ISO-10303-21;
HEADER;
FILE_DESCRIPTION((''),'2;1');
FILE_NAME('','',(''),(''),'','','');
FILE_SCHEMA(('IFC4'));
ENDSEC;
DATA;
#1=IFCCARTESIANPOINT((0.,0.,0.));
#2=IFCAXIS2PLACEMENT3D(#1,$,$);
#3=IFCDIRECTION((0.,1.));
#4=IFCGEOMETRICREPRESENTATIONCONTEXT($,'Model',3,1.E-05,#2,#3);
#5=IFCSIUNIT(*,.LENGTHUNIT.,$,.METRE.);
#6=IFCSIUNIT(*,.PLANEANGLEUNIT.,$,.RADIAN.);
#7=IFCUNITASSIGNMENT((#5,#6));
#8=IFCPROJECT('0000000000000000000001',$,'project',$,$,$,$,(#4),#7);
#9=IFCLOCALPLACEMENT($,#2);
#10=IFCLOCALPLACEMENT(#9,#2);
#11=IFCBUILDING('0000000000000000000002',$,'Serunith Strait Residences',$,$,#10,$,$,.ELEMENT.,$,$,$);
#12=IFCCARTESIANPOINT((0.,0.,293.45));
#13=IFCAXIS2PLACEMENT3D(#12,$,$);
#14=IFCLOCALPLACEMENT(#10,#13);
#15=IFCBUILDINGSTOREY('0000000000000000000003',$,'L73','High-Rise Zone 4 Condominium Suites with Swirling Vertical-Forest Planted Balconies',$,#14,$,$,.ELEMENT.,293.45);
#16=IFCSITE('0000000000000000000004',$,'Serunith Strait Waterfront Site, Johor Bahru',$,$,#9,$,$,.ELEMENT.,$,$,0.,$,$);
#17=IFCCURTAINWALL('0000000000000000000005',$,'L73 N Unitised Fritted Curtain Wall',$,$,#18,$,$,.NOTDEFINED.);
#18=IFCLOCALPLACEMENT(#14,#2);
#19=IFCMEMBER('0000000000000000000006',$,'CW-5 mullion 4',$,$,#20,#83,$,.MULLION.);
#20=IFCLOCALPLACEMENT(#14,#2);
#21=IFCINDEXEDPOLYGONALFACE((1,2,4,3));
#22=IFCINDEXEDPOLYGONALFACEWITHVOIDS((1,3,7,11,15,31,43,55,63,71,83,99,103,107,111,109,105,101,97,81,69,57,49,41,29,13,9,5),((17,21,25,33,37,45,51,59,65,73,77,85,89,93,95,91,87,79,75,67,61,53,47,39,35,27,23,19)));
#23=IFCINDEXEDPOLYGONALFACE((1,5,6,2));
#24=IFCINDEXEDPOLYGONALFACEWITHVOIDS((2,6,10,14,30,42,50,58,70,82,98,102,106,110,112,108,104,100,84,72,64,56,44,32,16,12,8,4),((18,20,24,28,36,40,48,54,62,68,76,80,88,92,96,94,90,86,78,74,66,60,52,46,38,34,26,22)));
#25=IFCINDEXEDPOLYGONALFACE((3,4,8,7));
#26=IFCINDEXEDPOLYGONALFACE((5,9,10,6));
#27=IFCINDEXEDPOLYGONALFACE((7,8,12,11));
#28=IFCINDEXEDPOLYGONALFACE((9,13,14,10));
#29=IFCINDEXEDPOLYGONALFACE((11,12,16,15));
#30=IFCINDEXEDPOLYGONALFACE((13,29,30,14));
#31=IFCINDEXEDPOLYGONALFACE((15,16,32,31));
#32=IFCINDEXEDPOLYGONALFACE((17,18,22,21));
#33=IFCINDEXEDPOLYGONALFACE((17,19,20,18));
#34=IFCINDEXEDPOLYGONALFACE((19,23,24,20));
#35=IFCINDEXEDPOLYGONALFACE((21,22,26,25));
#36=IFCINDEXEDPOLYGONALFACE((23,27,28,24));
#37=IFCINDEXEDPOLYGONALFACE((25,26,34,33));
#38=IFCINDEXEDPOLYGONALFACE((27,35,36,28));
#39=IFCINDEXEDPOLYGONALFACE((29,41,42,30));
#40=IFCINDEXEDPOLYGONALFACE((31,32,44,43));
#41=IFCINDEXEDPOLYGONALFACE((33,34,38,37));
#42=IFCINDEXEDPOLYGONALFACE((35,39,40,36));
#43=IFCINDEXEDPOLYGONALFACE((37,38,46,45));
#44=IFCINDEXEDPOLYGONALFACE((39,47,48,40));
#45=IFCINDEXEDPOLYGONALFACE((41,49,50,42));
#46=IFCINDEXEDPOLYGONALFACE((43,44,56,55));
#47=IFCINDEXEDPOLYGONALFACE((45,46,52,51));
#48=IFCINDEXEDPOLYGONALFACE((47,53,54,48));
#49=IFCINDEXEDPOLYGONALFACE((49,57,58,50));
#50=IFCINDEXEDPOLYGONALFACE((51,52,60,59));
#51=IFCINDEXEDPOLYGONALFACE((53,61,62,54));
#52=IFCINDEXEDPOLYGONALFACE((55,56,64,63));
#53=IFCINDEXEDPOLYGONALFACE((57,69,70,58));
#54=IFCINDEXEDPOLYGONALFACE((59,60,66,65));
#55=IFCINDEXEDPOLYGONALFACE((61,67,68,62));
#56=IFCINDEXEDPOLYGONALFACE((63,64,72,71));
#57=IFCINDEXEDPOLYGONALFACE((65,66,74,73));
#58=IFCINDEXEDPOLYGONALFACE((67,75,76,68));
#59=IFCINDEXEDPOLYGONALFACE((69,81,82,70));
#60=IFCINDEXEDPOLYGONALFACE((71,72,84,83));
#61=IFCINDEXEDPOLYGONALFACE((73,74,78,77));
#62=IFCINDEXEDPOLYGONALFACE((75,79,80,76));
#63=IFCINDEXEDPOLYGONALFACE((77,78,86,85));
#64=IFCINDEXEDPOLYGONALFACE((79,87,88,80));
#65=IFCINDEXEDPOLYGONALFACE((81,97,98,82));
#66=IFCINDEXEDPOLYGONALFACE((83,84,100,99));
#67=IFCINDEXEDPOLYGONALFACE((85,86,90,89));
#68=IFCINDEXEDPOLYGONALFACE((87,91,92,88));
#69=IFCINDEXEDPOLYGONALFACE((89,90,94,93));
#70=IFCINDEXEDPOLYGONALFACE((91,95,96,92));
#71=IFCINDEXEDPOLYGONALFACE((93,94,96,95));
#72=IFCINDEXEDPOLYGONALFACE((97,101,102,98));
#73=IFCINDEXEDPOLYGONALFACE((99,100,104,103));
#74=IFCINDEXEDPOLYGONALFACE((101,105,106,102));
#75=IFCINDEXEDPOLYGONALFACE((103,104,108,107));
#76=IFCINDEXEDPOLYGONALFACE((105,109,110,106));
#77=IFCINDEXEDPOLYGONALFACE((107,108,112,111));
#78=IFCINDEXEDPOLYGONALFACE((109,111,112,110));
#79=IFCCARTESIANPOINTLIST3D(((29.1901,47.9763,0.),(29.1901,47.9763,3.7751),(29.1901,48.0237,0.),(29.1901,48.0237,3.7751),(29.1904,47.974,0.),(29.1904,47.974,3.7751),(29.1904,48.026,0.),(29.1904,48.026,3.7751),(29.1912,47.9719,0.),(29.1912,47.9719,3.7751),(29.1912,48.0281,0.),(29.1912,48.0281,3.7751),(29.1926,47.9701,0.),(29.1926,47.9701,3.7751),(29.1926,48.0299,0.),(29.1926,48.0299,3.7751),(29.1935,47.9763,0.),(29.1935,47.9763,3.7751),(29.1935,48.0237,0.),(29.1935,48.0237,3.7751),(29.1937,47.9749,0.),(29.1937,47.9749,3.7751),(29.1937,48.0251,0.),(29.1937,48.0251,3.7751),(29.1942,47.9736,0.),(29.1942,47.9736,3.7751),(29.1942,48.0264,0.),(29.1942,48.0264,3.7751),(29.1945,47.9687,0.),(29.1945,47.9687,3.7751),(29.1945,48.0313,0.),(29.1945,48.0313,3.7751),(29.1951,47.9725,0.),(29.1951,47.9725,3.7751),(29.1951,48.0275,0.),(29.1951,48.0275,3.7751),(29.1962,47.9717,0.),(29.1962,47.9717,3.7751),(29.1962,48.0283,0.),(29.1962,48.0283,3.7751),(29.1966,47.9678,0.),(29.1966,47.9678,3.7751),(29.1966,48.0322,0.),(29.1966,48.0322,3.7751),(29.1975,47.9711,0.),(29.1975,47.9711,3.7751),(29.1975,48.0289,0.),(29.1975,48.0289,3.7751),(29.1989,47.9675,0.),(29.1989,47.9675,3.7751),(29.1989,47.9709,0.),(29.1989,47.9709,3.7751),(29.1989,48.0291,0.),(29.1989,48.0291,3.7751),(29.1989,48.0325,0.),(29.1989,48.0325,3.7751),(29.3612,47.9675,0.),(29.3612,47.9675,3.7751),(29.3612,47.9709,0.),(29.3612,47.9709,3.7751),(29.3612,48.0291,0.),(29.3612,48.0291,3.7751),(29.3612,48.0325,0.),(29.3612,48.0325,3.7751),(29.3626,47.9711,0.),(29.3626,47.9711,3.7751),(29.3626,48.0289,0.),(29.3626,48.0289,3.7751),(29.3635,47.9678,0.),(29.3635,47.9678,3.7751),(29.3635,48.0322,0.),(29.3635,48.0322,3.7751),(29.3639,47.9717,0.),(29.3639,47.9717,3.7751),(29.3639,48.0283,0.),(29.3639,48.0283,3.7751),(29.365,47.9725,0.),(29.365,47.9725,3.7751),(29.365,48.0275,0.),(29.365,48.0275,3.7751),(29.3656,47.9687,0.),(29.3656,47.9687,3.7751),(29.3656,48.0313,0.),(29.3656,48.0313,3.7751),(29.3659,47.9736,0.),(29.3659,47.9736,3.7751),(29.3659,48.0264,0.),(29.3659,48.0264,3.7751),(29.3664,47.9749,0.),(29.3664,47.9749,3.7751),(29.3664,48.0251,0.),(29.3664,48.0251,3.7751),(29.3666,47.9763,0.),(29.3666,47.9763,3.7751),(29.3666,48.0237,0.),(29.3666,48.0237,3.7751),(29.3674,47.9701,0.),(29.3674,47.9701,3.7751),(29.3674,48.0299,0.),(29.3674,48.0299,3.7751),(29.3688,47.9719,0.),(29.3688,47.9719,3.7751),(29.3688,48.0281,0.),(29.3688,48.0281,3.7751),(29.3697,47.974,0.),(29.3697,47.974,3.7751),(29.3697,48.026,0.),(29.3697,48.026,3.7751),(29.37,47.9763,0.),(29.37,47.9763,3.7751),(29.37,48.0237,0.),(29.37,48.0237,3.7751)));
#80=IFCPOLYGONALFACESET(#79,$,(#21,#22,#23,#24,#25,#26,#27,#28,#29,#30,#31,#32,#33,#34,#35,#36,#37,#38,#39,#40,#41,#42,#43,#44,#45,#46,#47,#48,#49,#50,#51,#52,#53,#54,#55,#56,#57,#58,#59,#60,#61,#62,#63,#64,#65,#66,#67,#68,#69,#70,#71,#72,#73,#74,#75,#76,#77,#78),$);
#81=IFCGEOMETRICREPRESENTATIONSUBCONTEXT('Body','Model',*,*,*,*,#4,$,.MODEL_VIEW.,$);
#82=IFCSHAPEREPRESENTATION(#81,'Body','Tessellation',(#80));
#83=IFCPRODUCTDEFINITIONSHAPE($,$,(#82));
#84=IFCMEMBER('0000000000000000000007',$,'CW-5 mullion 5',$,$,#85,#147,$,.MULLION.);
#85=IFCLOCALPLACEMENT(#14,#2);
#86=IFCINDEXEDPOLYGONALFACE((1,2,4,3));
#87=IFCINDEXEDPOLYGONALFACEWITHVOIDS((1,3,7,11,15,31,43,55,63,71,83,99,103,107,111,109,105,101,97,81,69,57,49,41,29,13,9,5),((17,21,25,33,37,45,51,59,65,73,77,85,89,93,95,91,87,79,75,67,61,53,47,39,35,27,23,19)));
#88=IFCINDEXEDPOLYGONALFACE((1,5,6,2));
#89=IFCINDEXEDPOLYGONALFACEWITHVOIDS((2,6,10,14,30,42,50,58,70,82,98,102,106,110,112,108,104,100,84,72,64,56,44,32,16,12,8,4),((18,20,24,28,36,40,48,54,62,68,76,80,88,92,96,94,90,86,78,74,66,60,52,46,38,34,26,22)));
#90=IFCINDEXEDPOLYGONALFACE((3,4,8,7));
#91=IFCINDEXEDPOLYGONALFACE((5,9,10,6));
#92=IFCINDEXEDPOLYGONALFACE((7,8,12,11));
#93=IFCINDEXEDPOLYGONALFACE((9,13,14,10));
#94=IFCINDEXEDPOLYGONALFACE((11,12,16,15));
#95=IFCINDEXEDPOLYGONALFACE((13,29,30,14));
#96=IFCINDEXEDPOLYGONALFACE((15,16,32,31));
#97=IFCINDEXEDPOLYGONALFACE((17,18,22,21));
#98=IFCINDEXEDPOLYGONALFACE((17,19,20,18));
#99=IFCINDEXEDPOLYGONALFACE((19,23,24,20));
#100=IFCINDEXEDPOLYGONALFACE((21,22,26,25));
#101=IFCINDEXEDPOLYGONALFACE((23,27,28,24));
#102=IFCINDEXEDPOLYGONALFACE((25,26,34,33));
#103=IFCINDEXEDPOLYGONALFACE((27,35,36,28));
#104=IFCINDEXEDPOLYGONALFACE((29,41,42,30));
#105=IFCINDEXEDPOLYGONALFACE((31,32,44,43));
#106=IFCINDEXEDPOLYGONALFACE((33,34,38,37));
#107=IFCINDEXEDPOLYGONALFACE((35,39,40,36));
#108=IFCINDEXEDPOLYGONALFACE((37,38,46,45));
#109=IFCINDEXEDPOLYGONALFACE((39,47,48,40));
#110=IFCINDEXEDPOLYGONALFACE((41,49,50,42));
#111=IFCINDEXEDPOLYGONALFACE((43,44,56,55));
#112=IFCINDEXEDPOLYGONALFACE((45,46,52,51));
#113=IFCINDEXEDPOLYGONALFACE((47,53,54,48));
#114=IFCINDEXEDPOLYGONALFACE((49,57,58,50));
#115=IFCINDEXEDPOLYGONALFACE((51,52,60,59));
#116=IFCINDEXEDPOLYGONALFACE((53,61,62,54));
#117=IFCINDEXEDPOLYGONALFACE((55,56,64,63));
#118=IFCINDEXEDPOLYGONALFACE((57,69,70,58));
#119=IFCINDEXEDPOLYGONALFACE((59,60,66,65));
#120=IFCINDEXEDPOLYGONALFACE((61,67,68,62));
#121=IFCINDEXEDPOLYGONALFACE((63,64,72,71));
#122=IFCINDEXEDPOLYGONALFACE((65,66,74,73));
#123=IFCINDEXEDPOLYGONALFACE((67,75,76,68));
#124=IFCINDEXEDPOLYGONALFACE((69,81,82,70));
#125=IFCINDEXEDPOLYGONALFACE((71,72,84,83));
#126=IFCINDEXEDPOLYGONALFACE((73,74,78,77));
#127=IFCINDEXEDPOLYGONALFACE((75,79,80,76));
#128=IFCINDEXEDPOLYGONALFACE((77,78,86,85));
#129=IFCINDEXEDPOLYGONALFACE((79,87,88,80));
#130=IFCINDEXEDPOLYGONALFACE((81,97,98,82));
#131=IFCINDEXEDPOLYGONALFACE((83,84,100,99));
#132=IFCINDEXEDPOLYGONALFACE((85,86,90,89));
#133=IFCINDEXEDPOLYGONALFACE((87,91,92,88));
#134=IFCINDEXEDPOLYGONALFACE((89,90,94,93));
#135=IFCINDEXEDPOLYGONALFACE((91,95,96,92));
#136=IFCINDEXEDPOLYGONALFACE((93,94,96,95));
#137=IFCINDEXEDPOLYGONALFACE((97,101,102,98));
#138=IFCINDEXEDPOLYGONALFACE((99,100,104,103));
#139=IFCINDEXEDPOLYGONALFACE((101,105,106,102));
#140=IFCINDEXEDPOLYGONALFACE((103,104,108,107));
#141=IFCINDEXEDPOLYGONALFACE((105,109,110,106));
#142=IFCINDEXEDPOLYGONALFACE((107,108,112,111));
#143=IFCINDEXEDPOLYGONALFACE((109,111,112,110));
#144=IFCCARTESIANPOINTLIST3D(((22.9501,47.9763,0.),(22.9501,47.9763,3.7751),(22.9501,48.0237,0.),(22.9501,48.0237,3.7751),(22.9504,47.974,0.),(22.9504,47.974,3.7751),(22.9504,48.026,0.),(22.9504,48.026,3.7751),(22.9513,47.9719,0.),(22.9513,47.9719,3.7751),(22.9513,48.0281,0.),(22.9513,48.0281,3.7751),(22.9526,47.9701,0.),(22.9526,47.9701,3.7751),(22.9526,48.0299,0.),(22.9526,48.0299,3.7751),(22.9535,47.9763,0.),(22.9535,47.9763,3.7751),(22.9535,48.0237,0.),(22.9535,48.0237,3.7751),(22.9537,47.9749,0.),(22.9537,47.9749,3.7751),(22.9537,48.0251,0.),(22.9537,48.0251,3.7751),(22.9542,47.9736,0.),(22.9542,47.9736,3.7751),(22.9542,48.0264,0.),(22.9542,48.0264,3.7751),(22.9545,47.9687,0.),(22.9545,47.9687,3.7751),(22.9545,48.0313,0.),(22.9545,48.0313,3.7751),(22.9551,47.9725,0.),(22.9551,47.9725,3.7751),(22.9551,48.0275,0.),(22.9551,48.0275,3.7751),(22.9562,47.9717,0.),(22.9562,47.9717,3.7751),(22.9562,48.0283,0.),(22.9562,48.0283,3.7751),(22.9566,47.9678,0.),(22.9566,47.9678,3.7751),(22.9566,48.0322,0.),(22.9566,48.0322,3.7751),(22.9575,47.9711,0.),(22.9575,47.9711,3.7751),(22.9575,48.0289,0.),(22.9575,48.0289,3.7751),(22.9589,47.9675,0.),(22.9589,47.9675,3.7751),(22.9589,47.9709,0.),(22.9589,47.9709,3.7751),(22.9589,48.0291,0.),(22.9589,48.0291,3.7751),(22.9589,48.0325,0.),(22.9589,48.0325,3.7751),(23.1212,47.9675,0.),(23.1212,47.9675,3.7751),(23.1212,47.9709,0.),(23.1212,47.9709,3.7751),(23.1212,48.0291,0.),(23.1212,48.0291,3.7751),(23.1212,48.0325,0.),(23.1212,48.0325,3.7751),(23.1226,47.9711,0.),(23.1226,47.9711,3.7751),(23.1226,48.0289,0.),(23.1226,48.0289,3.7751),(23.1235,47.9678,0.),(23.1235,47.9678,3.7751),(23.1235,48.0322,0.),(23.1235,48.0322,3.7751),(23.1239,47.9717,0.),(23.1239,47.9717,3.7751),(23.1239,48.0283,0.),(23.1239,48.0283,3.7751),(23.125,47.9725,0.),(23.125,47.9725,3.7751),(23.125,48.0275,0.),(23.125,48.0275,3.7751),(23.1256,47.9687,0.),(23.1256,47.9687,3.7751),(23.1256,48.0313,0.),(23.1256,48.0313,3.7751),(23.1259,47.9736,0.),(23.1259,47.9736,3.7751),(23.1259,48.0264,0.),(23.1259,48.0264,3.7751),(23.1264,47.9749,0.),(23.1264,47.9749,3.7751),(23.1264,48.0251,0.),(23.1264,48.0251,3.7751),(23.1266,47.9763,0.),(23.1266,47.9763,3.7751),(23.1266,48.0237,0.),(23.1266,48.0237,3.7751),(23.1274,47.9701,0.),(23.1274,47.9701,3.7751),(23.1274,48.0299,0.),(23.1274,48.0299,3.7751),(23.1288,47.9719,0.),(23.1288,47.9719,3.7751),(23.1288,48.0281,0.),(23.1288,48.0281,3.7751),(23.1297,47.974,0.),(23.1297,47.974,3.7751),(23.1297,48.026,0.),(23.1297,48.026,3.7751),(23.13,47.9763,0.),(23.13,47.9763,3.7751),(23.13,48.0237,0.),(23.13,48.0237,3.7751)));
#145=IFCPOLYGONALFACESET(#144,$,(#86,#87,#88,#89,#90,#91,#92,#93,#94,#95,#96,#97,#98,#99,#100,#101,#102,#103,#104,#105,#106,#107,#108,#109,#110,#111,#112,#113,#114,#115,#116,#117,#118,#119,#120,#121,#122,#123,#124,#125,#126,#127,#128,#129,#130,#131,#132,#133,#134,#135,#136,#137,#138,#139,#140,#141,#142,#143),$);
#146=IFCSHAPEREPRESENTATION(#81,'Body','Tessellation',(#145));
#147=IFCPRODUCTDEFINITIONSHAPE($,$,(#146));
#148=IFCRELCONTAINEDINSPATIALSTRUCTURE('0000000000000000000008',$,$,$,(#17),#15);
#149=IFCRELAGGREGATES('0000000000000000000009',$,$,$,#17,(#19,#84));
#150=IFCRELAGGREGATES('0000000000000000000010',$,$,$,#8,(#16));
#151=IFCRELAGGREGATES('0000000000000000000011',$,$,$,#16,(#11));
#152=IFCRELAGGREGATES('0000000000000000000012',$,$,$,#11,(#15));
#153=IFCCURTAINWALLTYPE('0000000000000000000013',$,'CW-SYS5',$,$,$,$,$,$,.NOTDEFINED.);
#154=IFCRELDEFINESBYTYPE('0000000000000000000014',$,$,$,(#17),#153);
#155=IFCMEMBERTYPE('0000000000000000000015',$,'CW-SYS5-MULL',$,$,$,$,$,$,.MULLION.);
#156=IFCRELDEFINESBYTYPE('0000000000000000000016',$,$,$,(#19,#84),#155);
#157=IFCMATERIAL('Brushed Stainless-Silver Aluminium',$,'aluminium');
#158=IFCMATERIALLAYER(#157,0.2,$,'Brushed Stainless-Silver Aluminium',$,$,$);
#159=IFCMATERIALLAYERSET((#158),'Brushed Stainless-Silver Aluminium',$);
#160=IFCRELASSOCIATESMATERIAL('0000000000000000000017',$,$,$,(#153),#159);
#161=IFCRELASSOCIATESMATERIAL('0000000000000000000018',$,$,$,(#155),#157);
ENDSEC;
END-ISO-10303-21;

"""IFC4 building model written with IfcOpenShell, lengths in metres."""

from ifc_helpers import new_model, si_unit, direction, frame, origin, origin_2d, place, context, subcontext, project, spatial, hollow_rectangle, extrude, source, transform, mapped, material, layer, layer_set, material_profile, profile_set, type_object, element, aggregate, save


model = new_model("IFC4")

# Units and contexts
model_context = context("Model", 3, precision=1e-05, world=origin(), true_north=direction((0.0, 1.0)))
body_context = subcontext(model_context, "Body", "Model", "MODEL_VIEW")
ifc_project = project(units=[si_unit("LENGTHUNIT", "METRE"), si_unit("PLANEANGLEUNIT", "RADIAN")], contexts=[model_context])

# Site, building, storey
site_placement = place(None, origin())
site = spatial("IfcSite", under=ifc_project, at=site_placement, Name="Serunith Strait Waterfront Site, Johor Bahru", CompositionType="ELEMENT", RefElevation=0.0)
building_placement = place(site_placement, origin())
building = spatial("IfcBuilding", under=site, at=building_placement, Name="Serunith Strait Residences", CompositionType="ELEMENT")
storey_placement = place(building_placement, frame((0.0, 0.0, 293.45)))
storey = spatial("IfcBuildingStorey", under=building, at=storey_placement, Name="L73", Description="High-Rise Zone 4 Condominium Suites with Swirling Vertical-Forest Planted Balconies", CompositionType="ELEMENT", Elevation=293.45)

# Curtain wall, members
ifc_material_1 = material(Name="Brushed Stainless-Silver Aluminium", Category="aluminium")
ifc_layer_1 = layer(ifc_material_1, 0.2, Name="Brushed Stainless-Silver Aluminium")
ifc_layer_set_1 = layer_set([ifc_layer_1], Name="Brushed Stainless-Silver Aluminium")
curtain_wall_type = type_object("IfcCurtainWallType", Name="CW-SYS5", PredefinedType="NOTDEFINED", material=ifc_layer_set_1)
curtain_wall_placement = place(storey_placement, origin())
curtain_wall = element("IfcCurtainWall", 1, at=curtain_wall_placement, inside=storey, type_object=curtain_wall_type, Name="L73 N Unitised Fritted Curtain Wall", PredefinedType="NOTDEFINED")
ifc_material_profile_1 = material_profile(ifc_material_1, hollow_rectangle(XDim=0.0649, YDim=0.1799, WallThickness=0.0034, InnerFilletRadius=0.0054, OuterFilletRadius=0.0088, at=origin_2d()), Name="ALU 180x65x3.5")
ifc_profile_set_1 = profile_set([ifc_material_profile_1], Name="Brushed Stainless-Silver Aluminium")
member_type_1 = type_object("IfcMemberType", Name="CW-SYS5-MULL", PredefinedType="MULLION", material=ifc_profile_set_1)
shared_shape_1 = source(origin(), body_context, "Body", "SweptSolid", [
    extrude(hollow_rectangle(XDim=0.0649, YDim=0.1799, WallThickness=0.0034, InnerFilletRadius=0.0054, OuterFilletRadius=0.0088, at=origin_2d()), origin(), (0.0, 0.0, 1.0), 3.7751),
])
member_1_placement = place(storey_placement, frame((29.28, 48.0, 0.0), z_axis=(0.0, 0.0, 1.0), x_axis=(0.0, -1.0, 0.0)))
member_1 = element("IfcMember", 2, at=member_1_placement, type_object=member_type_1, Name="CW-5 mullion 4", PredefinedType="MULLION", context=body_context, shape_type="MappedRepresentation", body=[
    mapped(shared_shape_1, transform((0.0, 0.0, 0.0), scale=1.0)),
])
member_2_placement = place(storey_placement, frame((23.04, 48.0, 0.0), z_axis=(0.0, 0.0, 1.0), x_axis=(0.0, -1.0, 0.0)))
member_2 = element("IfcMember", 3, at=member_2_placement, type_object=member_type_1, Name="CW-5 mullion 5", PredefinedType="MULLION", context=body_context, shape_type="MappedRepresentation", body=[
    mapped(shared_shape_1, transform((0.0, 0.0, 0.0), scale=1.0)),
])
aggregate(curtain_wall, [member_1, member_2])

save(model, "model.ifc")
